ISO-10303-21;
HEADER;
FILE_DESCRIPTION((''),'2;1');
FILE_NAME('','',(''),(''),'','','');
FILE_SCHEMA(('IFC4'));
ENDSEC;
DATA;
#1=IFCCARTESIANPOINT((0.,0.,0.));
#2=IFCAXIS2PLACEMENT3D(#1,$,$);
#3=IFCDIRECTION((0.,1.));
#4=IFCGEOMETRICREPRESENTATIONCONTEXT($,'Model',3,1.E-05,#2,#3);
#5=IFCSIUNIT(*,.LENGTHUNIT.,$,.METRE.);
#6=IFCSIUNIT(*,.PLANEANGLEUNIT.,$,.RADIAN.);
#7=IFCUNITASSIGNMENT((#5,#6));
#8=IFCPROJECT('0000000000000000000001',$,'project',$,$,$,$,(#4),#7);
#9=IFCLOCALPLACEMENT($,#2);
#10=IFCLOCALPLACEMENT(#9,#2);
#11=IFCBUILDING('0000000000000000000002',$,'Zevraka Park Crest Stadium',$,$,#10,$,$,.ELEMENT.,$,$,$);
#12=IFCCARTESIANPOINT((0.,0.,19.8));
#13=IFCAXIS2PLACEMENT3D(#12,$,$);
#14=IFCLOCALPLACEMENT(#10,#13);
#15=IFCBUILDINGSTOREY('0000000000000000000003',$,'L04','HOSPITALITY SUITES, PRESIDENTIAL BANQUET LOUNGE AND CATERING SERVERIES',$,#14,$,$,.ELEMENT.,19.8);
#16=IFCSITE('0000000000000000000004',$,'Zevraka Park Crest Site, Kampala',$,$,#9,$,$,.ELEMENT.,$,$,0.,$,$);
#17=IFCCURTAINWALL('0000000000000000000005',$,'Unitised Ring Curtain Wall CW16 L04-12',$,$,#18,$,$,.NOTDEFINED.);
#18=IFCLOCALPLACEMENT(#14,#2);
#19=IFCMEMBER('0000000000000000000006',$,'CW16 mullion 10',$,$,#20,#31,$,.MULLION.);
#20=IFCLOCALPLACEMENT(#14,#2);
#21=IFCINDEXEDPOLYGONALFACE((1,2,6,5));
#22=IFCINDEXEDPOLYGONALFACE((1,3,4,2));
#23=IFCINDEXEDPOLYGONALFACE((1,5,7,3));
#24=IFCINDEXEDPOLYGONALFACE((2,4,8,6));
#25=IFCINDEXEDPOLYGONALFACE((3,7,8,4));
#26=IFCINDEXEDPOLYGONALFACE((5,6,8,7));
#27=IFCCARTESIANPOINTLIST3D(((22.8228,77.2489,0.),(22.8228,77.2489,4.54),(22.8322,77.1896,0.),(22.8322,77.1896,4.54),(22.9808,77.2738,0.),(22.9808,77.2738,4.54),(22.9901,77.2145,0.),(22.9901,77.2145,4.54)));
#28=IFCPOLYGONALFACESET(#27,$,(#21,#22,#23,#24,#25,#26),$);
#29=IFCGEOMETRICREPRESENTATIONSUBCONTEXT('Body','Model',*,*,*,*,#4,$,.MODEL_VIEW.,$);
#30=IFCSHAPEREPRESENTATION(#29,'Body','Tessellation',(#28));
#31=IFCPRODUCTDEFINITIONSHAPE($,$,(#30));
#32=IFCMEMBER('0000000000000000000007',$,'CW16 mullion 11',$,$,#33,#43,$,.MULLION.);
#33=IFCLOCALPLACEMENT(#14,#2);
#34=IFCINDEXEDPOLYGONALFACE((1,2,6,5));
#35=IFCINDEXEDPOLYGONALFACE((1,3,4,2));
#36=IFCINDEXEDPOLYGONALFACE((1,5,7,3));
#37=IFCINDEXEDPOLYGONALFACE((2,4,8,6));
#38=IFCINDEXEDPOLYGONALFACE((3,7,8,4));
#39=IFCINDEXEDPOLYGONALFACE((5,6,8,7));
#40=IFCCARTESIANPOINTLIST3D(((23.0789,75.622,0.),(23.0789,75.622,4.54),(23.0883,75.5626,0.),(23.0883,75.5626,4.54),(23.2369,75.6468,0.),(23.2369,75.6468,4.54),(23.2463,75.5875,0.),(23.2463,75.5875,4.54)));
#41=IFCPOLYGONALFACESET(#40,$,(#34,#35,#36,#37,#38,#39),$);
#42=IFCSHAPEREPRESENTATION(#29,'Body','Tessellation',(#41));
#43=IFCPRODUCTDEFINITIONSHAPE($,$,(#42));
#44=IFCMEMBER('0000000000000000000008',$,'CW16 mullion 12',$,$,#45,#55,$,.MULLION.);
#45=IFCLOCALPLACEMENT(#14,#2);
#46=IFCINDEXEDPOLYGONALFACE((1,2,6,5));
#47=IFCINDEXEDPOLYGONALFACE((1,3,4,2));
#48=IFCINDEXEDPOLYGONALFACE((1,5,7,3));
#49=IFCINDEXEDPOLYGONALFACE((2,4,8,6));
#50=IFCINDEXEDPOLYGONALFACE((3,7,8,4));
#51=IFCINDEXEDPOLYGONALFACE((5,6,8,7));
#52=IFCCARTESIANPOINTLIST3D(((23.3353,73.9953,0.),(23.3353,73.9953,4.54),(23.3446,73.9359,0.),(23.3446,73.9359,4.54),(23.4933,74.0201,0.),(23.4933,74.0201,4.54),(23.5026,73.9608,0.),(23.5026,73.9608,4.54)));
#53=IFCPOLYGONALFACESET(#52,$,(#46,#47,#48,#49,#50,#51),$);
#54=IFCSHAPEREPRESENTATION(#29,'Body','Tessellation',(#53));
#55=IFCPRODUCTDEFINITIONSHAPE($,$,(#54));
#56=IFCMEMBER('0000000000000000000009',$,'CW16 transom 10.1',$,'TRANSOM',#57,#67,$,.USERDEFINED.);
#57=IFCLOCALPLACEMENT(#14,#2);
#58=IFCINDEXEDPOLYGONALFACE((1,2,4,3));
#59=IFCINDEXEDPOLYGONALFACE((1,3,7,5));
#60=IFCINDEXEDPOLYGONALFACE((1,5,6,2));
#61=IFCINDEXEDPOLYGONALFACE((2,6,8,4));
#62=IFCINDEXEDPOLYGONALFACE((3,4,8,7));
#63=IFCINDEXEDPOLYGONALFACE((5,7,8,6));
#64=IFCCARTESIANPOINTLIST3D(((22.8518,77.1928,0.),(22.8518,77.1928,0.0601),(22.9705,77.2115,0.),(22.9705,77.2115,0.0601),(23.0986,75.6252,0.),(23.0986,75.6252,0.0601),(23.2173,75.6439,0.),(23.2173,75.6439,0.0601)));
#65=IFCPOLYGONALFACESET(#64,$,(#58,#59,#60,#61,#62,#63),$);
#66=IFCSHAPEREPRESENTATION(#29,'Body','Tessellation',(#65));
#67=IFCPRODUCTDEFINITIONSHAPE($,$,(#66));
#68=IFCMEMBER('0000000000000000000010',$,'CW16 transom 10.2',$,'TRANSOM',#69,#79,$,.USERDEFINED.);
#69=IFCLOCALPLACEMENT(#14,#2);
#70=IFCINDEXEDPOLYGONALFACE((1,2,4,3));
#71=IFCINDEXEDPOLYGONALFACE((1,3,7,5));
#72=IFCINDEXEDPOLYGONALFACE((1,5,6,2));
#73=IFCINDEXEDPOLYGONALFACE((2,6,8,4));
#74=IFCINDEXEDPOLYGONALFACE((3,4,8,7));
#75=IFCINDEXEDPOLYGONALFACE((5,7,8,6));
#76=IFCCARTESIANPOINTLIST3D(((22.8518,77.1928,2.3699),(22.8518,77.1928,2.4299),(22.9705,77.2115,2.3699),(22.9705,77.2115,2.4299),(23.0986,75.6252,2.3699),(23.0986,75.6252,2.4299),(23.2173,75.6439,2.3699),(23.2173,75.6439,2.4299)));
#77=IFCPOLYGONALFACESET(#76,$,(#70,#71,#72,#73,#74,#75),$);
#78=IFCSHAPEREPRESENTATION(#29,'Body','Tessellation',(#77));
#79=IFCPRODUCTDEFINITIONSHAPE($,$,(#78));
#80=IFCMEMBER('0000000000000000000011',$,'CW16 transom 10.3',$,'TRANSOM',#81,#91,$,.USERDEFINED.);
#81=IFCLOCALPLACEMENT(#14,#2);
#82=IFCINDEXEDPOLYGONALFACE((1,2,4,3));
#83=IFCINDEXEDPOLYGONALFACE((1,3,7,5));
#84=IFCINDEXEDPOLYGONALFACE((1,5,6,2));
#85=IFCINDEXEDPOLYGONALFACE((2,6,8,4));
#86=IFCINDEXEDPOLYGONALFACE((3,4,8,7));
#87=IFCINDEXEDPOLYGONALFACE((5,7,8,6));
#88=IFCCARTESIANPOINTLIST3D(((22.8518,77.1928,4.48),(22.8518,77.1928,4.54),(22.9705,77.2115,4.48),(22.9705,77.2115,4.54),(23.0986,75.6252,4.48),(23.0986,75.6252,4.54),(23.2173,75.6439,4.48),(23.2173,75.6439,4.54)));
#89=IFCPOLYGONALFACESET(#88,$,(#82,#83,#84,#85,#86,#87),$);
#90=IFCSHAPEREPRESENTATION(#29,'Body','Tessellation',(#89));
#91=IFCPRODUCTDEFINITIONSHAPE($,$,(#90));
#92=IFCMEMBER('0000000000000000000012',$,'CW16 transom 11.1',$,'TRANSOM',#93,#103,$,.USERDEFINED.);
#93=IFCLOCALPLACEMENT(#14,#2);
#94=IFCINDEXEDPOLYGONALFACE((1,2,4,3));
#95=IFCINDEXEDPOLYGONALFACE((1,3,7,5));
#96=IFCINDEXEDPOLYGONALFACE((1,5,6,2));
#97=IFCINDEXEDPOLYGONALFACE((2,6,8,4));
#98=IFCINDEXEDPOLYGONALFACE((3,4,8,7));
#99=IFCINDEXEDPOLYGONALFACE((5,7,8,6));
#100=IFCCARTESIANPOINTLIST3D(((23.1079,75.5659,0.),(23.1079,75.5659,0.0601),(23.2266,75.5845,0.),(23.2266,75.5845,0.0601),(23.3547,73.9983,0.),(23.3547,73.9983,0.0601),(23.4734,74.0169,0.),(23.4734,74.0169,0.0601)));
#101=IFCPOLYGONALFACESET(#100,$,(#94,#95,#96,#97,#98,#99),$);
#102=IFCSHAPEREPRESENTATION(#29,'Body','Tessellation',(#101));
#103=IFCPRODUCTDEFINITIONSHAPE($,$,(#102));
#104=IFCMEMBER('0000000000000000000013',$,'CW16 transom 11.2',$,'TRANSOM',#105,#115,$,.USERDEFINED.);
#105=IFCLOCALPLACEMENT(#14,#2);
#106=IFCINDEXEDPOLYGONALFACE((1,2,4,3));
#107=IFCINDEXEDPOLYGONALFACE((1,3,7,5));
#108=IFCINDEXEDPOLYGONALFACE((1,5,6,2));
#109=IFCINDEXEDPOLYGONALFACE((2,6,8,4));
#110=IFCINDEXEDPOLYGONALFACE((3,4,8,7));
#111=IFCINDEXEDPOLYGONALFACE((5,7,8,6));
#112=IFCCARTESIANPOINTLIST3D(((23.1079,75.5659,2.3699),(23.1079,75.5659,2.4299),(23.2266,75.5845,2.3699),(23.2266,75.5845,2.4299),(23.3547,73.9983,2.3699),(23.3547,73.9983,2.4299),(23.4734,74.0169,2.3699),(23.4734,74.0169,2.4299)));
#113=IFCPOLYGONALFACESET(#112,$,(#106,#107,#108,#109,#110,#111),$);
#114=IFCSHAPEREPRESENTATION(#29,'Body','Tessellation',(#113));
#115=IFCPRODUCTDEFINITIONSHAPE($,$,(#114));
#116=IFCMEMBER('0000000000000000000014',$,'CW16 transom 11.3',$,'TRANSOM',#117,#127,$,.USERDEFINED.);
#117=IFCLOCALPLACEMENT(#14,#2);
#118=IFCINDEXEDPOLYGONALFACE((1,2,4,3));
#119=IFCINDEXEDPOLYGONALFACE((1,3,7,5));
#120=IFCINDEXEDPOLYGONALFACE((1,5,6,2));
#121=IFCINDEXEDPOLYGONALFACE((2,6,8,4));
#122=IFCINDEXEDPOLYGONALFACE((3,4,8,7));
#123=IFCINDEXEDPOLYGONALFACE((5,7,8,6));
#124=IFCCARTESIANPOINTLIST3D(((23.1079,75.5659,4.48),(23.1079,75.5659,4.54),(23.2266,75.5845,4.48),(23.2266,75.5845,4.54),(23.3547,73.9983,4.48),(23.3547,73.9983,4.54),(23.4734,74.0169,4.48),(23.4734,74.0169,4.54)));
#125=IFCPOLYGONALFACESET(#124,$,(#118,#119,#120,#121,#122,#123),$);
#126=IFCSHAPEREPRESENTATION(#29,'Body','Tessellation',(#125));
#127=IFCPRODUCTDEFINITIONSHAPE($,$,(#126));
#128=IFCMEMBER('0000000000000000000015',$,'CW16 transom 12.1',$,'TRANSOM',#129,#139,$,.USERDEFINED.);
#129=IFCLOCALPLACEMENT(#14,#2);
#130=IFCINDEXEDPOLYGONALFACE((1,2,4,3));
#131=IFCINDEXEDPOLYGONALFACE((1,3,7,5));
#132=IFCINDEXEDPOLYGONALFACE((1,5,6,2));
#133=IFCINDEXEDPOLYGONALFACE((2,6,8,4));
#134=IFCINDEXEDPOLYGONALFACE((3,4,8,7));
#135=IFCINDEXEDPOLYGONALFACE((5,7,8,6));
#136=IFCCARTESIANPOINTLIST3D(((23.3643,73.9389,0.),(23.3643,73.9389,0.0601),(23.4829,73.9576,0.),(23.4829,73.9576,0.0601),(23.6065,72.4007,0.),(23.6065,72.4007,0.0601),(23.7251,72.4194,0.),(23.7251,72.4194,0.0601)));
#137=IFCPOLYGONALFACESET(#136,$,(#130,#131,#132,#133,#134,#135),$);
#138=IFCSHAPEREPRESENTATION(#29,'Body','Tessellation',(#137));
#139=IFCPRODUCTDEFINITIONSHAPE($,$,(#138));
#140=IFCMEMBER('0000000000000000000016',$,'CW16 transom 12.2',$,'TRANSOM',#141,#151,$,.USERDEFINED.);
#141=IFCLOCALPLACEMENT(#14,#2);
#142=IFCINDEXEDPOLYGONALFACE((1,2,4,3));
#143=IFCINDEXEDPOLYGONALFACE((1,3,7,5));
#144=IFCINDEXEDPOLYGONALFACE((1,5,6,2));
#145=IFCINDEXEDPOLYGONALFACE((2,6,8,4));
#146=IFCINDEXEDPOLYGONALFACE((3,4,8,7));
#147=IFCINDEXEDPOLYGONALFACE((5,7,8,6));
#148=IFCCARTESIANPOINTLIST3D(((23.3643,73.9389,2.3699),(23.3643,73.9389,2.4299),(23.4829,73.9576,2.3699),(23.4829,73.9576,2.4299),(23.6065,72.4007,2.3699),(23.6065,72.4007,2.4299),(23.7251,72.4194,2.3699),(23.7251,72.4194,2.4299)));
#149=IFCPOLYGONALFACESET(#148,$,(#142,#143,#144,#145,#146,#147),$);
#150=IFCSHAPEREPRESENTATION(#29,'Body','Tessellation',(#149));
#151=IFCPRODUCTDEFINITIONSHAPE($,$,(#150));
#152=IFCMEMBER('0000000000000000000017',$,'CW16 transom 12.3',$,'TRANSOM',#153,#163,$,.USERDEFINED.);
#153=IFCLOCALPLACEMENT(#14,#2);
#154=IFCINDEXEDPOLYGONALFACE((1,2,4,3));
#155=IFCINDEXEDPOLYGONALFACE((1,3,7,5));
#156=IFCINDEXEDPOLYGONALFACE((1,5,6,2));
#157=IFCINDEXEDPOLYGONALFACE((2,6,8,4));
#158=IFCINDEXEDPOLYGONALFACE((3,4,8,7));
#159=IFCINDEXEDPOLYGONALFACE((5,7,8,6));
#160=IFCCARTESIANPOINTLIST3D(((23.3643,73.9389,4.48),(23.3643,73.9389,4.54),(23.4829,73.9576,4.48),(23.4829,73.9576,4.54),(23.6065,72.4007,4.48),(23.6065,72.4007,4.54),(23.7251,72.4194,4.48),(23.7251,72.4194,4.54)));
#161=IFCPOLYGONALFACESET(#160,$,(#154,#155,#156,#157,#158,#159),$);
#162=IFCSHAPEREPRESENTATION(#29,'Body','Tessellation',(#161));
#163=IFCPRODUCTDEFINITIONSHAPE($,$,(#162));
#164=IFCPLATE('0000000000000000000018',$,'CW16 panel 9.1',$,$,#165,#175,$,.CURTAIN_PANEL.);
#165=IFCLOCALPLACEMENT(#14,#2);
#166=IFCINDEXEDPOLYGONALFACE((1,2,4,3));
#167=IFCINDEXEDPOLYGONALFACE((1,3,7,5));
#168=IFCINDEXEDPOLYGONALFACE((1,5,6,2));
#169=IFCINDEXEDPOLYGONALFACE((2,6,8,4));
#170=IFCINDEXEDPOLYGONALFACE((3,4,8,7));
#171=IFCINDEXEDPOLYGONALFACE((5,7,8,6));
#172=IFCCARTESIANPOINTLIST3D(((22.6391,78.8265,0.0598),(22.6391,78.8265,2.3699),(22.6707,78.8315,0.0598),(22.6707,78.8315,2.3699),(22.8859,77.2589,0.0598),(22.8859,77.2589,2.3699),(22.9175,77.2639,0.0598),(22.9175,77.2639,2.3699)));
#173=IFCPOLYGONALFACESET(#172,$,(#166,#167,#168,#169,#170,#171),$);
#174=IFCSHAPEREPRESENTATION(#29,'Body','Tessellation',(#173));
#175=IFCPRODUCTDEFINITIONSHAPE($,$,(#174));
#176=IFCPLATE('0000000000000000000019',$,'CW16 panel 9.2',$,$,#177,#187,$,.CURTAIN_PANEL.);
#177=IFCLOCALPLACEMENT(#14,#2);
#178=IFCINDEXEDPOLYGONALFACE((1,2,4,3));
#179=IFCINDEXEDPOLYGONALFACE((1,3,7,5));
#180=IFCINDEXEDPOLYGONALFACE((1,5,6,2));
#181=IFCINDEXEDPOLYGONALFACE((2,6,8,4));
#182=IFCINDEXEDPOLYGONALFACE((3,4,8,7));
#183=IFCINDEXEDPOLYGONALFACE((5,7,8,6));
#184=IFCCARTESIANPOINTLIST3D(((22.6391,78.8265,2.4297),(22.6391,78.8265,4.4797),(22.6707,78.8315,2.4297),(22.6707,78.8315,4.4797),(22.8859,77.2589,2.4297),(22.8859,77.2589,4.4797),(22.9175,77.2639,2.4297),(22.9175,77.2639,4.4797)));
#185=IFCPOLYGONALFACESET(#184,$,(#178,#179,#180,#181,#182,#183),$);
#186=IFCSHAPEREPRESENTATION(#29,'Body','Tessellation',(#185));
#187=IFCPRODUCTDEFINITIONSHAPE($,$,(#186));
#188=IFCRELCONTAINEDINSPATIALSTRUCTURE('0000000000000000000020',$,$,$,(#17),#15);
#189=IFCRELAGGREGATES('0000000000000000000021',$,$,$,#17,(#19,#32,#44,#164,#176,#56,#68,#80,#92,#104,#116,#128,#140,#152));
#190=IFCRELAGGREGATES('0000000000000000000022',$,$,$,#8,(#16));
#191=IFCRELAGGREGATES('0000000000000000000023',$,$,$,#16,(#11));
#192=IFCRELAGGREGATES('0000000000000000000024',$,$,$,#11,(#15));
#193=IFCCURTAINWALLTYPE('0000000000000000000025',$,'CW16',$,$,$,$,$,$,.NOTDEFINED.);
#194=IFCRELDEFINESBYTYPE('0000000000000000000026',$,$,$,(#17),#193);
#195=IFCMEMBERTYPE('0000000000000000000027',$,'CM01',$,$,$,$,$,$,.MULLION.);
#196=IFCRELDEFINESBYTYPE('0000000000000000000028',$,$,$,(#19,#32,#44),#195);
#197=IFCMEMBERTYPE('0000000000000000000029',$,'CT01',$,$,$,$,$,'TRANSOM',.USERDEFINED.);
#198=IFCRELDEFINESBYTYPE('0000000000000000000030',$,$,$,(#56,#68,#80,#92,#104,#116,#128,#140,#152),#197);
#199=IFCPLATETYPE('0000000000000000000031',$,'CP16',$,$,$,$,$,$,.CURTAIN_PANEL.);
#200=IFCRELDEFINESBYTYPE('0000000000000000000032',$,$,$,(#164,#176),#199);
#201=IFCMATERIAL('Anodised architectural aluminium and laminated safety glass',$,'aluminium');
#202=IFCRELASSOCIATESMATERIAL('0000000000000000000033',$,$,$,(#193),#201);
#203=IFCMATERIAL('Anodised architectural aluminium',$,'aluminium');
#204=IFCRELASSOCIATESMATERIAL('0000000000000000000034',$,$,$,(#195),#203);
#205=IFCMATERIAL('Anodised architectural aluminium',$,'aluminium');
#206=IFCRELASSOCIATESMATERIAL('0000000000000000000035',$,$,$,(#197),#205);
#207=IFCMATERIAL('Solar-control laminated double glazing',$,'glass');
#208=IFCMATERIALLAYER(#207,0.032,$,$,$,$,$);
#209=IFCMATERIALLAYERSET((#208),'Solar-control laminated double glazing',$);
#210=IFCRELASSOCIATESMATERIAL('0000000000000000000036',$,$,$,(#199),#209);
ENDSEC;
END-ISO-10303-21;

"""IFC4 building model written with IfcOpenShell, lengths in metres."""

from ifc_helpers import new_model, si_unit, direction, frame, origin, origin_2d, place, context, subcontext, project, spatial, rectangle, extrude, material, layer, layer_set, material_profile, profile_set, type_object, element, aggregate, save


model = new_model("IFC4")

# Units and contexts
model_context = context("Model", 3, precision=1e-05, world=origin(), true_north=direction((0.0, 1.0)))
body_context = subcontext(model_context, "Body", "Model", "MODEL_VIEW")
ifc_project = project(units=[si_unit("LENGTHUNIT", "METRE"), si_unit("PLANEANGLEUNIT", "RADIAN")], contexts=[model_context])

# Site, building, storey
site_placement = place(None, origin())
site = spatial("IfcSite", under=ifc_project, at=site_placement, Name="Zevraka Park Crest Site, Kampala", CompositionType="ELEMENT", RefElevation=0.0)
building_placement = place(site_placement, origin())
building = spatial("IfcBuilding", under=site, at=building_placement, Name="Zevraka Park Crest Stadium", CompositionType="ELEMENT")
storey_placement = place(building_placement, frame((0.0, 0.0, 19.8)))
storey = spatial("IfcBuildingStorey", under=building, at=storey_placement, Name="L04", Description="HOSPITALITY SUITES, PRESIDENTIAL BANQUET LOUNGE AND CATERING SERVERIES", CompositionType="ELEMENT", Elevation=19.8)

# Curtain wall, members, plates
ifc_material_1 = material(Name="Anodised architectural aluminium and laminated safety glass", Category="aluminium")
curtain_wall_type = type_object("IfcCurtainWallType", Name="CW16", PredefinedType="NOTDEFINED", material=ifc_material_1)
curtain_wall_placement = place(storey_placement, origin())
curtain_wall = element("IfcCurtainWall", 1, at=curtain_wall_placement, inside=storey, type_object=curtain_wall_type, Name="Unitised Ring Curtain Wall CW16 L04-12", PredefinedType="NOTDEFINED")
ifc_material_2 = material(Name="Anodised architectural aluminium", Category="aluminium")
ifc_material_profile_1 = material_profile(ifc_material_2, rectangle(XDim=0.1599, YDim=0.0601, at=origin_2d()), Name="ALU MULLION 160x60")
ifc_profile_set_1 = profile_set([ifc_material_profile_1], Name="Anodised architectural aluminium")
member_type_1 = type_object("IfcMemberType", Name="CM01", PredefinedType="MULLION", material=ifc_profile_set_1)
member_1_placement = place(storey_placement, frame((22.9065, 77.2317, 0.0), z_axis=(0.0, 0.0, 1.0), x_axis=(0.98783, 0.155539, 0.0)))
member_1 = element("IfcMember", 2, at=member_1_placement, type_object=member_type_1, Name="CW16 mullion 10", PredefinedType="MULLION", context=body_context, shape_type="SweptSolid", body=[
    extrude(rectangle(XDim=0.1599, YDim=0.0601, at=origin_2d()), origin(), (0.0, 0.0, 1.0), 4.54),
])
member_2_placement = place(storey_placement, frame((23.1626, 75.6047, 0.0), z_axis=(0.0, 0.0, 1.0), x_axis=(0.98783, 0.155539, 0.0)))
member_2 = element("IfcMember", 3, at=member_2_placement, type_object=member_type_1, Name="CW16 mullion 11", PredefinedType="MULLION", context=body_context, shape_type="SweptSolid", body=[
    extrude(rectangle(XDim=0.1599, YDim=0.0601, at=origin_2d()), origin(), (0.0, 0.0, 1.0), 4.54),
])
member_3_placement = place(storey_placement, frame((23.4189, 73.978, 0.0), z_axis=(0.0, 0.0, 1.0), x_axis=(0.98783, 0.155539, 0.0)))
member_3 = element("IfcMember", 4, at=member_3_placement, type_object=member_type_1, Name="CW16 mullion 12", PredefinedType="MULLION", context=body_context, shape_type="SweptSolid", body=[
    extrude(rectangle(XDim=0.1599, YDim=0.0601, at=origin_2d()), origin(), (0.0, 0.0, 1.0), 4.54),
])
ifc_material_3 = material(Name="Anodised architectural aluminium", Category="aluminium")
ifc_material_profile_2 = material_profile(ifc_material_3, rectangle(XDim=0.1201, YDim=0.0601, at=origin_2d()), Name="ALU TRANSOM 120x60")
ifc_profile_set_2 = profile_set([ifc_material_profile_2], Name="Anodised architectural aluminium")
member_type_2 = type_object("IfcMemberType", Name="CT01", ElementType="TRANSOM", PredefinedType="USERDEFINED", material=ifc_profile_set_2)
member_4_placement = place(storey_placement, frame((22.9111, 77.2021, 0.03), z_axis=(0.155536, -0.98783, 0.0), x_axis=(0.98783, 0.155536, 0.0)))
member_4 = element("IfcMember", 5, at=member_4_placement, type_object=member_type_2, Name="CW16 transom 10.1", ObjectType="TRANSOM", PredefinedType="USERDEFINED", context=body_context, shape_type="SweptSolid", body=[
    extrude(rectangle(XDim=0.1201, YDim=0.0601, at=origin_2d()), origin(), (0.0, 0.0, 1.0), 1.5869),
])
member_5_placement = place(storey_placement, frame((22.9111, 77.2021, 2.3999), z_axis=(0.155536, -0.98783, 0.0), x_axis=(0.98783, 0.155536, 0.0)))
member_5 = element("IfcMember", 6, at=member_5_placement, type_object=member_type_2, Name="CW16 transom 10.2", ObjectType="TRANSOM", PredefinedType="USERDEFINED", context=body_context, shape_type="SweptSolid", body=[
    extrude(rectangle(XDim=0.1201, YDim=0.0601, at=origin_2d()), origin(), (0.0, 0.0, 1.0), 1.5869),
])
member_6_placement = place(storey_placement, frame((22.9111, 77.2021, 4.51), z_axis=(0.155536, -0.98783, 0.0), x_axis=(0.98783, 0.155536, 0.0)))
member_6 = element("IfcMember", 7, at=member_6_placement, type_object=member_type_2, Name="CW16 transom 10.3", ObjectType="TRANSOM", PredefinedType="USERDEFINED", context=body_context, shape_type="SweptSolid", body=[
    extrude(rectangle(XDim=0.1201, YDim=0.0601, at=origin_2d()), origin(), (0.0, 0.0, 1.0), 1.5869),
])
member_7_placement = place(storey_placement, frame((23.1672, 75.5752, 0.03), z_axis=(0.155536, -0.98783, 0.0), x_axis=(0.98783, 0.155536, 0.0)))
member_7 = element("IfcMember", 8, at=member_7_placement, type_object=member_type_2, Name="CW16 transom 11.1", ObjectType="TRANSOM", PredefinedType="USERDEFINED", context=body_context, shape_type="SweptSolid", body=[
    extrude(rectangle(XDim=0.1201, YDim=0.0601, at=origin_2d()), origin(), (0.0, 0.0, 1.0), 1.5869),
])
member_8_placement = place(storey_placement, frame((23.1672, 75.5752, 2.3999), z_axis=(0.155536, -0.98783, 0.0), x_axis=(0.98783, 0.155536, 0.0)))
member_8 = element("IfcMember", 9, at=member_8_placement, type_object=member_type_2, Name="CW16 transom 11.2", ObjectType="TRANSOM", PredefinedType="USERDEFINED", context=body_context, shape_type="SweptSolid", body=[
    extrude(rectangle(XDim=0.1201, YDim=0.0601, at=origin_2d()), origin(), (0.0, 0.0, 1.0), 1.5869),
])
member_9_placement = place(storey_placement, frame((23.1672, 75.5752, 4.51), z_axis=(0.155536, -0.98783, 0.0), x_axis=(0.98783, 0.155536, 0.0)))
member_9 = element("IfcMember", 10, at=member_9_placement, type_object=member_type_2, Name="CW16 transom 11.3", ObjectType="TRANSOM", PredefinedType="USERDEFINED", context=body_context, shape_type="SweptSolid", body=[
    extrude(rectangle(XDim=0.1201, YDim=0.0601, at=origin_2d()), origin(), (0.0, 0.0, 1.0), 1.5869),
])
member_10_placement = place(storey_placement, frame((23.4236, 73.9482, 0.03), z_axis=(0.155544, -0.987829, 0.0), x_axis=(0.987829, 0.155544, 0.0)))
member_10 = element("IfcMember", 11, at=member_10_placement, type_object=member_type_2, Name="CW16 transom 12.1", ObjectType="TRANSOM", PredefinedType="USERDEFINED", context=body_context, shape_type="SweptSolid", body=[
    extrude(rectangle(XDim=0.1201, YDim=0.0601, at=origin_2d()), origin(), (0.0, 0.0, 1.0), 1.5571),
])
member_11_placement = place(storey_placement, frame((23.4236, 73.9482, 2.3999), z_axis=(0.155544, -0.987829, 0.0), x_axis=(0.987829, 0.155544, 0.0)))
member_11 = element("IfcMember", 12, at=member_11_placement, type_object=member_type_2, Name="CW16 transom 12.2", ObjectType="TRANSOM", PredefinedType="USERDEFINED", context=body_context, shape_type="SweptSolid", body=[
    extrude(rectangle(XDim=0.1201, YDim=0.0601, at=origin_2d()), origin(), (0.0, 0.0, 1.0), 1.5571),
])
member_12_placement = place(storey_placement, frame((23.4236, 73.9482, 4.51), z_axis=(0.155544, -0.987829, 0.0), x_axis=(0.987829, 0.155544, 0.0)))
member_12 = element("IfcMember", 13, at=member_12_placement, type_object=member_type_2, Name="CW16 transom 12.3", ObjectType="TRANSOM", PredefinedType="USERDEFINED", context=body_context, shape_type="SweptSolid", body=[
    extrude(rectangle(XDim=0.1201, YDim=0.0601, at=origin_2d()), origin(), (0.0, 0.0, 1.0), 1.5571),
])
ifc_material_4 = material(Name="Solar-control laminated double glazing", Category="glass")
ifc_layer_1 = layer(ifc_material_4, 0.032)
ifc_layer_set_1 = layer_set([ifc_layer_1], Name="Solar-control laminated double glazing")
plate_type = type_object("IfcPlateType", Name="CP16", PredefinedType="CURTAIN_PANEL", material=ifc_layer_set_1)
plate_1_placement = place(storey_placement, frame((22.7783, 78.0452, 0.0598), z_axis=(0.0, 0.0, 1.0), x_axis=(0.155539, -0.98783, 0.0)))
plate_1 = element("IfcPlate", 14, at=plate_1_placement, type_object=plate_type, Name="CW16 panel 9.1", PredefinedType="CURTAIN_PANEL", context=body_context, shape_type="SweptSolid", body=[
    extrude(rectangle(XDim=1.5869, YDim=0.032, at=origin_2d()), origin(), (0.0, 0.0, 1.0), 2.3101),
])
plate_2_placement = place(storey_placement, frame((22.7783, 78.0452, 2.4297), z_axis=(0.0, 0.0, 1.0), x_axis=(0.155539, -0.98783, 0.0)))
plate_2 = element("IfcPlate", 15, at=plate_2_placement, type_object=plate_type, Name="CW16 panel 9.2", PredefinedType="CURTAIN_PANEL", context=body_context, shape_type="SweptSolid", body=[
    extrude(rectangle(XDim=1.5869, YDim=0.032, at=origin_2d()), origin(), (0.0, 0.0, 1.0), 2.05),
])
aggregate(curtain_wall, [member_1, member_2, member_3, plate_1, plate_2, member_4, member_5, member_6, member_7, member_8, member_9, member_10, member_11, member_12])

save(model, "model.ifc")
